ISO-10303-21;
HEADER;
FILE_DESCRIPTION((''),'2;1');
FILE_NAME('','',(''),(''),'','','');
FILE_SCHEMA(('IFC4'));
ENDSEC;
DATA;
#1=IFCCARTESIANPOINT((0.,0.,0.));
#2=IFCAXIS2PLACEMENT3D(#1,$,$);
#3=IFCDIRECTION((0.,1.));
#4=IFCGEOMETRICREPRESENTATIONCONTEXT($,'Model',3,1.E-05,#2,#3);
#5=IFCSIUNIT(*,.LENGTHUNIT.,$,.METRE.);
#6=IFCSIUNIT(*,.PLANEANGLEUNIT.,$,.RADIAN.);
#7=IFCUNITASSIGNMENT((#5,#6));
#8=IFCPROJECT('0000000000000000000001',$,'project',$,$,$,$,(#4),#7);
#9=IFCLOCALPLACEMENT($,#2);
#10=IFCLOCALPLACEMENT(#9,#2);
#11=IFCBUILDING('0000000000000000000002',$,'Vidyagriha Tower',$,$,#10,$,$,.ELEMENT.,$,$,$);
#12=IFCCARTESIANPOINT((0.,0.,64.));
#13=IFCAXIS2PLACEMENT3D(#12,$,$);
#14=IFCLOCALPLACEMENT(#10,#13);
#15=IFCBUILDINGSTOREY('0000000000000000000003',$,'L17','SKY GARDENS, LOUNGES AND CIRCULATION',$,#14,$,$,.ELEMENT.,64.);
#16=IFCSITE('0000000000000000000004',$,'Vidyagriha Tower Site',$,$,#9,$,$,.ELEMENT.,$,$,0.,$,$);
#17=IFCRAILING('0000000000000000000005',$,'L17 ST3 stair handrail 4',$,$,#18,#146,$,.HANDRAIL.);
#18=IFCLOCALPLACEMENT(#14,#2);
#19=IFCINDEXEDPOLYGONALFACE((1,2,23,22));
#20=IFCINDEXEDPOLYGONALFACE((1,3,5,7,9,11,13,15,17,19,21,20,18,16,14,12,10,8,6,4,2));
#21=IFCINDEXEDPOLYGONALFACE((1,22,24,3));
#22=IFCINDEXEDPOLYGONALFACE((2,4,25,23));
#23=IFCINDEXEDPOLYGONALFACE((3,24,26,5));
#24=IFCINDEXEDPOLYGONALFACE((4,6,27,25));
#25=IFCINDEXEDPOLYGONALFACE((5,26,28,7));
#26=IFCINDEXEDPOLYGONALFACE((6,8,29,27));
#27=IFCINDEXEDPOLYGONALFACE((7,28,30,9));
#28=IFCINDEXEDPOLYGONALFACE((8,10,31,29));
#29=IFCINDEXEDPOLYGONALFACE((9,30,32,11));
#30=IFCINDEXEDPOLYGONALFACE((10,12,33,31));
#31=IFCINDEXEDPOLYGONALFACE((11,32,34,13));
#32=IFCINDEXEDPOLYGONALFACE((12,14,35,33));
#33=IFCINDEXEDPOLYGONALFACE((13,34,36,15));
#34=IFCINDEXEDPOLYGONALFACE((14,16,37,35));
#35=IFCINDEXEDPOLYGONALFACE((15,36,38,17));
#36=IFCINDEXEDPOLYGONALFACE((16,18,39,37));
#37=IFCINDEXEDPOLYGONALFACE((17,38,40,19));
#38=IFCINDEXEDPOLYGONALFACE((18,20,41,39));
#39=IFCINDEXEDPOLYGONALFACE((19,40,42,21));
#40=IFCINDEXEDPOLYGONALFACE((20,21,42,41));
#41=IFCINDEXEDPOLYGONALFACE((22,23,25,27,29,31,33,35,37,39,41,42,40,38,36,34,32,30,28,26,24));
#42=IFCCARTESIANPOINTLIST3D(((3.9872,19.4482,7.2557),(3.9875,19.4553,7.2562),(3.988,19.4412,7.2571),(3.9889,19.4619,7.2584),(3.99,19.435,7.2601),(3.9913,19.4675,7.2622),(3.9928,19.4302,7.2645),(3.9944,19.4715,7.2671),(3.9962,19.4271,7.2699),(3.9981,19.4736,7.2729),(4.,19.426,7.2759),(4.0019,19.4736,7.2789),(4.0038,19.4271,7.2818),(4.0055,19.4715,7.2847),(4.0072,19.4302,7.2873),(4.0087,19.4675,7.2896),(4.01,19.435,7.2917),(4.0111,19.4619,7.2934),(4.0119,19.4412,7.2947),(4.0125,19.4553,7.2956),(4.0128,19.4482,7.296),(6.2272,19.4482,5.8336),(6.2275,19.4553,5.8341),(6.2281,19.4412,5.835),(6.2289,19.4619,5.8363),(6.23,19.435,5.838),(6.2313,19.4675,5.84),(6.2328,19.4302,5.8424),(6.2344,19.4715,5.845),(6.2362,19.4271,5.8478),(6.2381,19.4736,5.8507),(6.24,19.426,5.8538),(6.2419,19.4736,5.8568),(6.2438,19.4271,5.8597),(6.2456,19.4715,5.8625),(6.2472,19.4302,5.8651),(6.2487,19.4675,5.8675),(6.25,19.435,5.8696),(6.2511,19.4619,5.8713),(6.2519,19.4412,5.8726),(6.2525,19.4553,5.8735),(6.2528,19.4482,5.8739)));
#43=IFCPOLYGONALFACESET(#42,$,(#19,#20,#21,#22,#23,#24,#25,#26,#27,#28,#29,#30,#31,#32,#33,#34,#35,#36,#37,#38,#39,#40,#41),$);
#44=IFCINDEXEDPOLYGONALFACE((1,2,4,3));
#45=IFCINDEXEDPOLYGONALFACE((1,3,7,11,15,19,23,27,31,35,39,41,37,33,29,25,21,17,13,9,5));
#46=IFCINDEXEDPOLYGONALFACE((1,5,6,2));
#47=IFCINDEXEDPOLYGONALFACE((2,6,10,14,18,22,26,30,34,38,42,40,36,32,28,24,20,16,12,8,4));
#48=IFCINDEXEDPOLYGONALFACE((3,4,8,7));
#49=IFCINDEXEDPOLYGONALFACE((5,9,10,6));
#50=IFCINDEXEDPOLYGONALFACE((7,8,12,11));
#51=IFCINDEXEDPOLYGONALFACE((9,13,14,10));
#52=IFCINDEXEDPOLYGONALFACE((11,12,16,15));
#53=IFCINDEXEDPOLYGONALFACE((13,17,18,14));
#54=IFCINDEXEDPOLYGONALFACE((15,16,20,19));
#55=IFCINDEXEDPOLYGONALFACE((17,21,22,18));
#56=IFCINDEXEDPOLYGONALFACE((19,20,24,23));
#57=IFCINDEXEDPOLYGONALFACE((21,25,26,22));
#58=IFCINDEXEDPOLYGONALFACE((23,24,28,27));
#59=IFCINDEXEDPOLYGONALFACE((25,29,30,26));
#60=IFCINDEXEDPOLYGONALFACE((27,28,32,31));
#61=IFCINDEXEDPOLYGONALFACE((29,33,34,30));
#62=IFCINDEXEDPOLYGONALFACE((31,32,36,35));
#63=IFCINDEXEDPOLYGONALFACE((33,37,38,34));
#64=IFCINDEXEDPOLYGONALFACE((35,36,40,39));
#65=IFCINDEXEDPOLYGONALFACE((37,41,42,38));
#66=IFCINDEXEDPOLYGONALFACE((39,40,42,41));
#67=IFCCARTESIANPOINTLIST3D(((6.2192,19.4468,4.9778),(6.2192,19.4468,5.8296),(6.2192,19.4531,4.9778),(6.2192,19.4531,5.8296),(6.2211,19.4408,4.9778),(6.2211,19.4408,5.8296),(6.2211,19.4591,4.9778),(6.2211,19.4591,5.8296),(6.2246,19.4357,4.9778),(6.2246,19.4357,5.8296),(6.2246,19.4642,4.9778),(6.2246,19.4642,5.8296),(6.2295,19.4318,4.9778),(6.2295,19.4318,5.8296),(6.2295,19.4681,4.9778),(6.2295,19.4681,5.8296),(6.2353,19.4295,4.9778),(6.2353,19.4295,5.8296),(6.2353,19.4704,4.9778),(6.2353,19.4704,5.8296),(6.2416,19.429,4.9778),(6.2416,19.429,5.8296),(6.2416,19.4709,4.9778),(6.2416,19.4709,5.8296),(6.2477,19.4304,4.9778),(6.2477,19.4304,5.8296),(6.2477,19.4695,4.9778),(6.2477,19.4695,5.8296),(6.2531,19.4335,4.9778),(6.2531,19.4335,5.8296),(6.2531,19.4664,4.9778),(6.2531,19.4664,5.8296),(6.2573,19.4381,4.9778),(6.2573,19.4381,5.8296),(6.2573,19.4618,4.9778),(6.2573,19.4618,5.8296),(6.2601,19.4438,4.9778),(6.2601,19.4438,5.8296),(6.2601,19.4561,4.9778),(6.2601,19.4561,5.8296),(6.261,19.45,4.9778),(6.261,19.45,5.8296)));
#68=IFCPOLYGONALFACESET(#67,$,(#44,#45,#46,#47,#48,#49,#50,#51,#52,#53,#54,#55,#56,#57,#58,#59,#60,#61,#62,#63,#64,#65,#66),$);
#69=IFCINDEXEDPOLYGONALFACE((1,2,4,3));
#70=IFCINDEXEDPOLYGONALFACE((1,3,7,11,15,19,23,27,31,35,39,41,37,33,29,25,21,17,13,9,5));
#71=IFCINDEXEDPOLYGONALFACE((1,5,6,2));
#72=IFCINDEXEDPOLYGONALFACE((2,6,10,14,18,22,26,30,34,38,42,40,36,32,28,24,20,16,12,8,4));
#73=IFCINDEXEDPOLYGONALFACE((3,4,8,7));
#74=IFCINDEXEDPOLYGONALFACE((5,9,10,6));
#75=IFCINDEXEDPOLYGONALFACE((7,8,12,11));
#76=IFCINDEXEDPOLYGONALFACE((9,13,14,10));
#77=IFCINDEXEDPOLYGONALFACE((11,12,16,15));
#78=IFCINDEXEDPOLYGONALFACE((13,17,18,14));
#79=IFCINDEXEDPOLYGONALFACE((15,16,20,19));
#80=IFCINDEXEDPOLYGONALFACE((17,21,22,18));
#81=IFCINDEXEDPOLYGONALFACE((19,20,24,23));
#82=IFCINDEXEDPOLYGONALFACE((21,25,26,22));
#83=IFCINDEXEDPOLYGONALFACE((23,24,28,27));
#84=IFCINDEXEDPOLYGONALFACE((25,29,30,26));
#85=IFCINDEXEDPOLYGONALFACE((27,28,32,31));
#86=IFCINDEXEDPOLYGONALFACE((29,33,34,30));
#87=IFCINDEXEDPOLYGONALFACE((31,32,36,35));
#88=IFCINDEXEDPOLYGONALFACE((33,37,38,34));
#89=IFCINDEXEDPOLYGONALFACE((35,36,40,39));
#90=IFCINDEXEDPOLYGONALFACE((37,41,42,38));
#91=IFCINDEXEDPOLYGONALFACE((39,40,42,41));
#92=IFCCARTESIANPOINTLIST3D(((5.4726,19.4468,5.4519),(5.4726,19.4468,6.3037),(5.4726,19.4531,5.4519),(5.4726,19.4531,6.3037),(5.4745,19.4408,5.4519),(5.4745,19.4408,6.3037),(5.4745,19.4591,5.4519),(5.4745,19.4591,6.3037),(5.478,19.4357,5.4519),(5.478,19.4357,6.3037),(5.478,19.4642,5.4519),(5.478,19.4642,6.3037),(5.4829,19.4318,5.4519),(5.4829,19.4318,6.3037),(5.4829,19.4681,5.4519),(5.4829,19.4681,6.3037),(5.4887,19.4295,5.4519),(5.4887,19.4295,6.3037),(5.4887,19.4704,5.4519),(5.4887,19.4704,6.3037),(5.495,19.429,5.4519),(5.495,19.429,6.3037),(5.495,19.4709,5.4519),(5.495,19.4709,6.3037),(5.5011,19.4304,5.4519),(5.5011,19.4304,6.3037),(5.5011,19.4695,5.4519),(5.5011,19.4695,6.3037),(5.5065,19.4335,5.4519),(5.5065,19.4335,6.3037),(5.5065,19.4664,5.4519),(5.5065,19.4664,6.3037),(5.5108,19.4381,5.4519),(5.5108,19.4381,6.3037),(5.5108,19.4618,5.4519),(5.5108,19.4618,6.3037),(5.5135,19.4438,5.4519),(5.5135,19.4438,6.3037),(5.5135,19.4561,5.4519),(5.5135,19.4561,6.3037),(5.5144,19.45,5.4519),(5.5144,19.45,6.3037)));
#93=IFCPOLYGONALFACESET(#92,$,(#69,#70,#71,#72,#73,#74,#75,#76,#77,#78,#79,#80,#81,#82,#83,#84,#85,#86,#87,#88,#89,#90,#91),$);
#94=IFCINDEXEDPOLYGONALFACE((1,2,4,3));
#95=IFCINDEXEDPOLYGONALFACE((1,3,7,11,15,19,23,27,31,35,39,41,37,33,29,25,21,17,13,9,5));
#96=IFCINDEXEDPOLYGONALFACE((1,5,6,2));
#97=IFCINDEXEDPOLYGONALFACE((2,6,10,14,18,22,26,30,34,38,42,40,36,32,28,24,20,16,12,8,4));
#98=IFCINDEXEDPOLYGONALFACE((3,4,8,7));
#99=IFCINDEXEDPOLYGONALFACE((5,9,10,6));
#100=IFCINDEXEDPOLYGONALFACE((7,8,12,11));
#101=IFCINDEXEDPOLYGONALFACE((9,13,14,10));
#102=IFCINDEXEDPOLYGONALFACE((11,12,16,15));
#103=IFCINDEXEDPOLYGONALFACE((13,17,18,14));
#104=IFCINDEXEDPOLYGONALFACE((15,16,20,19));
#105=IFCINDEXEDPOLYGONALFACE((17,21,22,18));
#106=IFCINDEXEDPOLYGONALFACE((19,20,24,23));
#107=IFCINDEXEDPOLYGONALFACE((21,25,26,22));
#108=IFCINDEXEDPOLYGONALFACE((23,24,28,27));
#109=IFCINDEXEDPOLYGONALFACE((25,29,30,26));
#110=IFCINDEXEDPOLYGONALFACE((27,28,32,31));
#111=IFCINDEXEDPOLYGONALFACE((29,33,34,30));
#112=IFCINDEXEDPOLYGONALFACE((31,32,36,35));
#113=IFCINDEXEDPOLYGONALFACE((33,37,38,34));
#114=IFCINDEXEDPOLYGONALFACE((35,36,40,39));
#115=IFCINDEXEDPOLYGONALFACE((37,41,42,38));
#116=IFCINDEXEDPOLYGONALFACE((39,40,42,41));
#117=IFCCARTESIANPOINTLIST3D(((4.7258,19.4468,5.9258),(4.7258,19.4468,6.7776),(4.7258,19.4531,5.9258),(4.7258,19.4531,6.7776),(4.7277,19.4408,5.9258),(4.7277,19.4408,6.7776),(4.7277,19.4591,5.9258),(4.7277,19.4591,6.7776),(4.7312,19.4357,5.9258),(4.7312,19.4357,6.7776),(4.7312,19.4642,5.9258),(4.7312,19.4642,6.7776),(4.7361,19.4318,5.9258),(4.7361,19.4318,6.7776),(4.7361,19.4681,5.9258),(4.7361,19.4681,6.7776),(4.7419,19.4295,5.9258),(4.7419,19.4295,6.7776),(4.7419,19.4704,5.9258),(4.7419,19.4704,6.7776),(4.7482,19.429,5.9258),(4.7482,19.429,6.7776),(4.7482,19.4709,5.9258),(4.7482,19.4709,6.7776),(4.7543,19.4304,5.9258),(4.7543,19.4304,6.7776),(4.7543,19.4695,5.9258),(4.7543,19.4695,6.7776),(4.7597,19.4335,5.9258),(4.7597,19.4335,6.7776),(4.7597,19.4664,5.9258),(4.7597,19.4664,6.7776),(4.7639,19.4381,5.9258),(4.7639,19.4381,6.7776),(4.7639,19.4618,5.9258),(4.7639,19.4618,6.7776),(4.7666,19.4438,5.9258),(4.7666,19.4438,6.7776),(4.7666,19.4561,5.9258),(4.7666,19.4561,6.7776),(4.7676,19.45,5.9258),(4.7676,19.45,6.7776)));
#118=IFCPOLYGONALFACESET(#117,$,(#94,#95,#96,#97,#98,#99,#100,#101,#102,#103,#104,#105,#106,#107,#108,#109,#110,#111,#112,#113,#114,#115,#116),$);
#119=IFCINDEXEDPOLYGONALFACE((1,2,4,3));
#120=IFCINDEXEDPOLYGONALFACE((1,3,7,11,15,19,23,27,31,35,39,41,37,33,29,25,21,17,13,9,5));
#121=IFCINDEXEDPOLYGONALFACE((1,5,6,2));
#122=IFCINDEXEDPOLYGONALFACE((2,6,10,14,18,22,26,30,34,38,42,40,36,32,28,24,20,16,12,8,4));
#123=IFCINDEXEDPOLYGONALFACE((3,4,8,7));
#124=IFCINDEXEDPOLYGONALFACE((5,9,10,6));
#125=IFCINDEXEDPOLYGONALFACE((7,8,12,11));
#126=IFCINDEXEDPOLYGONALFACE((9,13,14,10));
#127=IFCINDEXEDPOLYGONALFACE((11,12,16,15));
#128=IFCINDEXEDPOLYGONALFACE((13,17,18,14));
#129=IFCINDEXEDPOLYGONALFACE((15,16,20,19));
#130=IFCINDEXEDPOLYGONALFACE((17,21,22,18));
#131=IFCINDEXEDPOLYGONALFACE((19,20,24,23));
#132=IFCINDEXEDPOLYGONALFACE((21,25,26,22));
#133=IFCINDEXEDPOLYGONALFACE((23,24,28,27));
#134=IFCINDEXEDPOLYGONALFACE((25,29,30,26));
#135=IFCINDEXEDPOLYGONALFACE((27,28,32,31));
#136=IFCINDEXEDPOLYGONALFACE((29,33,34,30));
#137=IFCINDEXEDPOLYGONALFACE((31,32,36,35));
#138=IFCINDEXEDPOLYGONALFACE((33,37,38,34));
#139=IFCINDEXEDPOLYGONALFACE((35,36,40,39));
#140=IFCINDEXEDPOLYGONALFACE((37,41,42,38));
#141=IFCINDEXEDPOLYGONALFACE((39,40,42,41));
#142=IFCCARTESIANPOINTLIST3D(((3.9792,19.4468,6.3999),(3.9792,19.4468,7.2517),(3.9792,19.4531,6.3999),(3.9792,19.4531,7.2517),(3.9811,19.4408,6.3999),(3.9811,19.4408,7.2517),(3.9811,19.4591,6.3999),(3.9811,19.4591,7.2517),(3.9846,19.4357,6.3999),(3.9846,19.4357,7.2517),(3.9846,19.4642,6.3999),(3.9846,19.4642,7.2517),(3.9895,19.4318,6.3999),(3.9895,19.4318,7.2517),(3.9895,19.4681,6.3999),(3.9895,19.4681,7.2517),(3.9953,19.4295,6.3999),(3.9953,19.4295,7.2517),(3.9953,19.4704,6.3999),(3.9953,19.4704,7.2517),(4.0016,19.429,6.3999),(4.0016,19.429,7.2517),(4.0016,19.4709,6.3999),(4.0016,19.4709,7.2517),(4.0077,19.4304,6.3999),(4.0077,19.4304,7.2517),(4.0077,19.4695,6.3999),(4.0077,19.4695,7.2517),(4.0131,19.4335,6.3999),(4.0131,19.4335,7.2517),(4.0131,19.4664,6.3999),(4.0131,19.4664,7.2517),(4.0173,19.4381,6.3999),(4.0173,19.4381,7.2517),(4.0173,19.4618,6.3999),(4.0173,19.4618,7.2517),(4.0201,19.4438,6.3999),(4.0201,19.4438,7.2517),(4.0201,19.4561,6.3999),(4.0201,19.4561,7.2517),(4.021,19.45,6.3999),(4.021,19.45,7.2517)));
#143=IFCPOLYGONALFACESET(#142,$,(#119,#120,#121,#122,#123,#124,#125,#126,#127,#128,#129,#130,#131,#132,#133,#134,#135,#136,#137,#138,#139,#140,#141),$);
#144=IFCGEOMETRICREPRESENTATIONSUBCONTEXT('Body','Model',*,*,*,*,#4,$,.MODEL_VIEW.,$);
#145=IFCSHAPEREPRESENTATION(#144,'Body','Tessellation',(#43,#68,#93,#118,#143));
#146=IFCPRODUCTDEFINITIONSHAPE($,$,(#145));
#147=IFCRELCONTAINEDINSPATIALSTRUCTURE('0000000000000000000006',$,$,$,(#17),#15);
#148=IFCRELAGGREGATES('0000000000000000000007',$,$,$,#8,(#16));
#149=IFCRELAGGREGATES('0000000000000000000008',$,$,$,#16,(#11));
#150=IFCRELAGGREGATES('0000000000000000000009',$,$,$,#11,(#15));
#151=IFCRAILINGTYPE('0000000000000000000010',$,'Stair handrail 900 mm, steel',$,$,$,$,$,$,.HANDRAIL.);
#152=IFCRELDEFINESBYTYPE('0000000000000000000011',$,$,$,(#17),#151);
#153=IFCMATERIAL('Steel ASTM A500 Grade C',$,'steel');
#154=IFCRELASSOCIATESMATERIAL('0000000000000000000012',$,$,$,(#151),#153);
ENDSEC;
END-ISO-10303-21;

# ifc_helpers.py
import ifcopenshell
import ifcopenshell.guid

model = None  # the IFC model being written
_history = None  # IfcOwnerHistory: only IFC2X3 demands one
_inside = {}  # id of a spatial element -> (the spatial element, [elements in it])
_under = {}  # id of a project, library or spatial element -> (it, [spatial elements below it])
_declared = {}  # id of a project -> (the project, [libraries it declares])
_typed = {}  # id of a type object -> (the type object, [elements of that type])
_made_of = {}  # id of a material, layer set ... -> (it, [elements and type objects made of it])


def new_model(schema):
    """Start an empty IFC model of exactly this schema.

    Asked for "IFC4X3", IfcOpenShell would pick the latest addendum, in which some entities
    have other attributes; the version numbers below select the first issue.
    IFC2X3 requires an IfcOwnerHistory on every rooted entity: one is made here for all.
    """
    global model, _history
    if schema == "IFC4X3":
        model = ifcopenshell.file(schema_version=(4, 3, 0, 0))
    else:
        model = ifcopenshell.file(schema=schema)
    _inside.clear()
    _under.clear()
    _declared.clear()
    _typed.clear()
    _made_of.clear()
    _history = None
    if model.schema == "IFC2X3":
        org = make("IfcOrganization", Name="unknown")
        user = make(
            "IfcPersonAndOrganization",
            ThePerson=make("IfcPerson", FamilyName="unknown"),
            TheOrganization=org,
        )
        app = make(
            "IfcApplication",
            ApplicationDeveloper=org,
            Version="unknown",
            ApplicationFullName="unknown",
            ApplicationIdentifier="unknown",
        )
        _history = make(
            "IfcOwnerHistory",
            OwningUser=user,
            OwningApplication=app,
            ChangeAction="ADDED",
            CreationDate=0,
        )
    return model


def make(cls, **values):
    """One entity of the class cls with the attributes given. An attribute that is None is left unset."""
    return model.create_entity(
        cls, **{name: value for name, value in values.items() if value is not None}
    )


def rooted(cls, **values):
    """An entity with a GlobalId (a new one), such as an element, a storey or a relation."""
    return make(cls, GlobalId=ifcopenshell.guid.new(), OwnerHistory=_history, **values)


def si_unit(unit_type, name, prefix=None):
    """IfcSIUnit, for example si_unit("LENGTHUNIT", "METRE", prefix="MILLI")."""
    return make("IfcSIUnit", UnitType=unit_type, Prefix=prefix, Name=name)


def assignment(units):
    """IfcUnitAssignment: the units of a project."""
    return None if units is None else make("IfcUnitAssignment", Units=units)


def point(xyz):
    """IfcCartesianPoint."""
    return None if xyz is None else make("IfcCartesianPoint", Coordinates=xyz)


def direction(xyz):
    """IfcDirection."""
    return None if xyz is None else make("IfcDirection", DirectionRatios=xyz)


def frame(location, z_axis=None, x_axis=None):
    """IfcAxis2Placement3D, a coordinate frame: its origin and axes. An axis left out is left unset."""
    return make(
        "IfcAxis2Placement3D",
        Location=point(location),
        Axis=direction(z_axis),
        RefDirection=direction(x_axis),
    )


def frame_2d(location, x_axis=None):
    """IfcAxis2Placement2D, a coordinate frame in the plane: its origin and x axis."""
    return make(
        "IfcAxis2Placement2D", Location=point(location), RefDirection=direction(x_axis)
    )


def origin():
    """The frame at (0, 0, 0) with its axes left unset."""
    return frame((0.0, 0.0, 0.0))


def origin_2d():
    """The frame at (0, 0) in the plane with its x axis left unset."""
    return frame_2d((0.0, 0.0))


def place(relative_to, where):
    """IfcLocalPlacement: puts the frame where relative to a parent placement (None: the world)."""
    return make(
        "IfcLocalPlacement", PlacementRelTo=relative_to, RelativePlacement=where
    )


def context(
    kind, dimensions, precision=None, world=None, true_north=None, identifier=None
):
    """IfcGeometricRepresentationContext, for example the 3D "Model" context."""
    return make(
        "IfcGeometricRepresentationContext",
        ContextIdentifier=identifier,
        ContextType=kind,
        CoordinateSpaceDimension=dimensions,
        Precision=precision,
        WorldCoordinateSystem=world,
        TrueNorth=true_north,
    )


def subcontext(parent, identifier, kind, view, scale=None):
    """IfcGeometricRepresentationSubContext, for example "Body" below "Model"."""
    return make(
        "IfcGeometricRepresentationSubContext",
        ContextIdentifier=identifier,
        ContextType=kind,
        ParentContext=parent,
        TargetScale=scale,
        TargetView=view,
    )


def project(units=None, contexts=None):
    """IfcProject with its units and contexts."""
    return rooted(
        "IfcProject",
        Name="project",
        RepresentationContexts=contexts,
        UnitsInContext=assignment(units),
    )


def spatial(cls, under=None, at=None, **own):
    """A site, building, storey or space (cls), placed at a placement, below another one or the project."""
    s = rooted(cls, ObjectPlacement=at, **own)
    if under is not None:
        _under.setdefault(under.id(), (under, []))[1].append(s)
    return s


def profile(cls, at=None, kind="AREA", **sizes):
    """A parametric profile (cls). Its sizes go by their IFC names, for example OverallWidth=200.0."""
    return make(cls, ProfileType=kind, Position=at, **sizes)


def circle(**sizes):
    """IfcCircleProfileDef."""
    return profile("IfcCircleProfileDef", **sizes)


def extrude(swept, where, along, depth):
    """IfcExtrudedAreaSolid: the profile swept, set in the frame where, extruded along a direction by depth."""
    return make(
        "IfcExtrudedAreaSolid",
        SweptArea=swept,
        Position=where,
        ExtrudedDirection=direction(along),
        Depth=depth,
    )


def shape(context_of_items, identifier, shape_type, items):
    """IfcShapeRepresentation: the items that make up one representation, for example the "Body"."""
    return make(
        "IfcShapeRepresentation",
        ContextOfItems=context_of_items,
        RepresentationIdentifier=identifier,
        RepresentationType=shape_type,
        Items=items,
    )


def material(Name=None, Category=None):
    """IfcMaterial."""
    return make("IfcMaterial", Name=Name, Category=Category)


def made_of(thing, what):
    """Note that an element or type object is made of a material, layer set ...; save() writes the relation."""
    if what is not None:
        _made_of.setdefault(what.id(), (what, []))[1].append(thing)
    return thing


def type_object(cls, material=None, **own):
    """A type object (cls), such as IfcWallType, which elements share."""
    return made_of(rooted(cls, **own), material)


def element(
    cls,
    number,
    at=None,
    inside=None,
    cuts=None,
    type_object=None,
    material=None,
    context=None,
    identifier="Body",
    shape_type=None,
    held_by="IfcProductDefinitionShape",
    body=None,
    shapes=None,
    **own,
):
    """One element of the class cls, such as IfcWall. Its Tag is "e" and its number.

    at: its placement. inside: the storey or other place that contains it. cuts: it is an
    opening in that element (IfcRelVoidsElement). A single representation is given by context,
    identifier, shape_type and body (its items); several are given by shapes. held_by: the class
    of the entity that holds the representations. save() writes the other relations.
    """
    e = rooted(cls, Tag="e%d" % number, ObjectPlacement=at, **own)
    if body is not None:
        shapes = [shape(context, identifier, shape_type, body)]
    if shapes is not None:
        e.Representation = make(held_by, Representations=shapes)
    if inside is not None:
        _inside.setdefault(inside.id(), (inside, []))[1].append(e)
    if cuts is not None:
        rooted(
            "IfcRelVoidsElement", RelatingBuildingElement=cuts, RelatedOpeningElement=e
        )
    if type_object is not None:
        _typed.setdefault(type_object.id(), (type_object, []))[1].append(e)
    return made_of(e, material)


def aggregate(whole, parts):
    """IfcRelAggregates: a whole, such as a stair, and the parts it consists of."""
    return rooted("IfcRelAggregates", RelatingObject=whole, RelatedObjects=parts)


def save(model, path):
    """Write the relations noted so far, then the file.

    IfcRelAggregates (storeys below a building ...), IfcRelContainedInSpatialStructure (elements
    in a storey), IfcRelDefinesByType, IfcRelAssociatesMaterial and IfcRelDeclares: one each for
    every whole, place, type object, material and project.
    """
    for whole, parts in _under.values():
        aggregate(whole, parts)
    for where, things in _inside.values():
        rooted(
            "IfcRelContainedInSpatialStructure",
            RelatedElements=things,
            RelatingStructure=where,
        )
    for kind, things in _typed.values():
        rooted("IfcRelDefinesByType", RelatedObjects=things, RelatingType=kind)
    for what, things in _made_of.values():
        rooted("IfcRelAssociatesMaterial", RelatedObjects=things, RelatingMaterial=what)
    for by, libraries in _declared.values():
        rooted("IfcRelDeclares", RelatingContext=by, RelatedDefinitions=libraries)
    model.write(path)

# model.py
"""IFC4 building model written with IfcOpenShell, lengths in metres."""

from ifc_helpers import new_model, si_unit, direction, frame, origin, origin_2d, place, context, subcontext, project, spatial, circle, extrude, material, type_object, element, save


model = new_model("IFC4")

# Units and contexts
model_context = context("Model", 3, precision=1e-05, world=origin(), true_north=direction((0.0, 1.0)))
body_context = subcontext(model_context, "Body", "Model", "MODEL_VIEW")
ifc_project = project(units=[si_unit("LENGTHUNIT", "METRE"), si_unit("PLANEANGLEUNIT", "RADIAN")], contexts=[model_context])

# Site, building, storey
site_placement = place(None, origin())
site = spatial("IfcSite", under=ifc_project, at=site_placement, Name="Vidyagriha Tower Site", CompositionType="ELEMENT", RefElevation=0.0)
building_placement = place(site_placement, origin())
building = spatial("IfcBuilding", under=site, at=building_placement, Name="Vidyagriha Tower", CompositionType="ELEMENT")
storey_placement = place(building_placement, frame((0.0, 0.0, 64.0)))
storey = spatial("IfcBuildingStorey", under=building, at=storey_placement, Name="L17", Description="SKY GARDENS, LOUNGES AND CIRCULATION", CompositionType="ELEMENT", Elevation=64.0)

# Railing
ifc_material_1 = material(Name="Steel ASTM A500 Grade C", Category="steel")
railing_type_1 = type_object("IfcRailingType", Name="Stair handrail 900 mm, steel", PredefinedType="HANDRAIL", material=ifc_material_1)
for number, where, name in (
    (1, (6.24, 19.45, 4.9778), "L17 ST3 stair handrail 4"),
):
    element("IfcRailing", number, at=place(storey_placement, frame(where)), inside=storey, type_object=railing_type_1, Name=name, PredefinedType="HANDRAIL", context=body_context, shape_type="SweptSolid", body=[
        extrude(circle(Radius=0.0239, at=origin_2d()), frame((0.0, 0.0, 0.876), z_axis=(-0.844229, 0.0, 0.535982), x_axis=(0.0, -1.0, 0.0)), (0.0, 0.0, 1.0), 2.6533),
        extrude(circle(Radius=0.021, at=origin_2d()), origin(), (0.0, 0.0, 1.0), 0.8518),
        extrude(circle(Radius=0.021, at=origin_2d()), frame((-0.7466, 0.0, 0.4741)), (0.0, 0.0, 1.0), 0.8518),
        extrude(circle(Radius=0.021, at=origin_2d()), frame((-1.4934, 0.0, 0.948)), (0.0, 0.0, 1.0), 0.8518),
        extrude(circle(Radius=0.021, at=origin_2d()), frame((-2.24, 0.0, 1.4221)), (0.0, 0.0, 1.0), 0.8518),
    ])

save(model, "model.ifc")
